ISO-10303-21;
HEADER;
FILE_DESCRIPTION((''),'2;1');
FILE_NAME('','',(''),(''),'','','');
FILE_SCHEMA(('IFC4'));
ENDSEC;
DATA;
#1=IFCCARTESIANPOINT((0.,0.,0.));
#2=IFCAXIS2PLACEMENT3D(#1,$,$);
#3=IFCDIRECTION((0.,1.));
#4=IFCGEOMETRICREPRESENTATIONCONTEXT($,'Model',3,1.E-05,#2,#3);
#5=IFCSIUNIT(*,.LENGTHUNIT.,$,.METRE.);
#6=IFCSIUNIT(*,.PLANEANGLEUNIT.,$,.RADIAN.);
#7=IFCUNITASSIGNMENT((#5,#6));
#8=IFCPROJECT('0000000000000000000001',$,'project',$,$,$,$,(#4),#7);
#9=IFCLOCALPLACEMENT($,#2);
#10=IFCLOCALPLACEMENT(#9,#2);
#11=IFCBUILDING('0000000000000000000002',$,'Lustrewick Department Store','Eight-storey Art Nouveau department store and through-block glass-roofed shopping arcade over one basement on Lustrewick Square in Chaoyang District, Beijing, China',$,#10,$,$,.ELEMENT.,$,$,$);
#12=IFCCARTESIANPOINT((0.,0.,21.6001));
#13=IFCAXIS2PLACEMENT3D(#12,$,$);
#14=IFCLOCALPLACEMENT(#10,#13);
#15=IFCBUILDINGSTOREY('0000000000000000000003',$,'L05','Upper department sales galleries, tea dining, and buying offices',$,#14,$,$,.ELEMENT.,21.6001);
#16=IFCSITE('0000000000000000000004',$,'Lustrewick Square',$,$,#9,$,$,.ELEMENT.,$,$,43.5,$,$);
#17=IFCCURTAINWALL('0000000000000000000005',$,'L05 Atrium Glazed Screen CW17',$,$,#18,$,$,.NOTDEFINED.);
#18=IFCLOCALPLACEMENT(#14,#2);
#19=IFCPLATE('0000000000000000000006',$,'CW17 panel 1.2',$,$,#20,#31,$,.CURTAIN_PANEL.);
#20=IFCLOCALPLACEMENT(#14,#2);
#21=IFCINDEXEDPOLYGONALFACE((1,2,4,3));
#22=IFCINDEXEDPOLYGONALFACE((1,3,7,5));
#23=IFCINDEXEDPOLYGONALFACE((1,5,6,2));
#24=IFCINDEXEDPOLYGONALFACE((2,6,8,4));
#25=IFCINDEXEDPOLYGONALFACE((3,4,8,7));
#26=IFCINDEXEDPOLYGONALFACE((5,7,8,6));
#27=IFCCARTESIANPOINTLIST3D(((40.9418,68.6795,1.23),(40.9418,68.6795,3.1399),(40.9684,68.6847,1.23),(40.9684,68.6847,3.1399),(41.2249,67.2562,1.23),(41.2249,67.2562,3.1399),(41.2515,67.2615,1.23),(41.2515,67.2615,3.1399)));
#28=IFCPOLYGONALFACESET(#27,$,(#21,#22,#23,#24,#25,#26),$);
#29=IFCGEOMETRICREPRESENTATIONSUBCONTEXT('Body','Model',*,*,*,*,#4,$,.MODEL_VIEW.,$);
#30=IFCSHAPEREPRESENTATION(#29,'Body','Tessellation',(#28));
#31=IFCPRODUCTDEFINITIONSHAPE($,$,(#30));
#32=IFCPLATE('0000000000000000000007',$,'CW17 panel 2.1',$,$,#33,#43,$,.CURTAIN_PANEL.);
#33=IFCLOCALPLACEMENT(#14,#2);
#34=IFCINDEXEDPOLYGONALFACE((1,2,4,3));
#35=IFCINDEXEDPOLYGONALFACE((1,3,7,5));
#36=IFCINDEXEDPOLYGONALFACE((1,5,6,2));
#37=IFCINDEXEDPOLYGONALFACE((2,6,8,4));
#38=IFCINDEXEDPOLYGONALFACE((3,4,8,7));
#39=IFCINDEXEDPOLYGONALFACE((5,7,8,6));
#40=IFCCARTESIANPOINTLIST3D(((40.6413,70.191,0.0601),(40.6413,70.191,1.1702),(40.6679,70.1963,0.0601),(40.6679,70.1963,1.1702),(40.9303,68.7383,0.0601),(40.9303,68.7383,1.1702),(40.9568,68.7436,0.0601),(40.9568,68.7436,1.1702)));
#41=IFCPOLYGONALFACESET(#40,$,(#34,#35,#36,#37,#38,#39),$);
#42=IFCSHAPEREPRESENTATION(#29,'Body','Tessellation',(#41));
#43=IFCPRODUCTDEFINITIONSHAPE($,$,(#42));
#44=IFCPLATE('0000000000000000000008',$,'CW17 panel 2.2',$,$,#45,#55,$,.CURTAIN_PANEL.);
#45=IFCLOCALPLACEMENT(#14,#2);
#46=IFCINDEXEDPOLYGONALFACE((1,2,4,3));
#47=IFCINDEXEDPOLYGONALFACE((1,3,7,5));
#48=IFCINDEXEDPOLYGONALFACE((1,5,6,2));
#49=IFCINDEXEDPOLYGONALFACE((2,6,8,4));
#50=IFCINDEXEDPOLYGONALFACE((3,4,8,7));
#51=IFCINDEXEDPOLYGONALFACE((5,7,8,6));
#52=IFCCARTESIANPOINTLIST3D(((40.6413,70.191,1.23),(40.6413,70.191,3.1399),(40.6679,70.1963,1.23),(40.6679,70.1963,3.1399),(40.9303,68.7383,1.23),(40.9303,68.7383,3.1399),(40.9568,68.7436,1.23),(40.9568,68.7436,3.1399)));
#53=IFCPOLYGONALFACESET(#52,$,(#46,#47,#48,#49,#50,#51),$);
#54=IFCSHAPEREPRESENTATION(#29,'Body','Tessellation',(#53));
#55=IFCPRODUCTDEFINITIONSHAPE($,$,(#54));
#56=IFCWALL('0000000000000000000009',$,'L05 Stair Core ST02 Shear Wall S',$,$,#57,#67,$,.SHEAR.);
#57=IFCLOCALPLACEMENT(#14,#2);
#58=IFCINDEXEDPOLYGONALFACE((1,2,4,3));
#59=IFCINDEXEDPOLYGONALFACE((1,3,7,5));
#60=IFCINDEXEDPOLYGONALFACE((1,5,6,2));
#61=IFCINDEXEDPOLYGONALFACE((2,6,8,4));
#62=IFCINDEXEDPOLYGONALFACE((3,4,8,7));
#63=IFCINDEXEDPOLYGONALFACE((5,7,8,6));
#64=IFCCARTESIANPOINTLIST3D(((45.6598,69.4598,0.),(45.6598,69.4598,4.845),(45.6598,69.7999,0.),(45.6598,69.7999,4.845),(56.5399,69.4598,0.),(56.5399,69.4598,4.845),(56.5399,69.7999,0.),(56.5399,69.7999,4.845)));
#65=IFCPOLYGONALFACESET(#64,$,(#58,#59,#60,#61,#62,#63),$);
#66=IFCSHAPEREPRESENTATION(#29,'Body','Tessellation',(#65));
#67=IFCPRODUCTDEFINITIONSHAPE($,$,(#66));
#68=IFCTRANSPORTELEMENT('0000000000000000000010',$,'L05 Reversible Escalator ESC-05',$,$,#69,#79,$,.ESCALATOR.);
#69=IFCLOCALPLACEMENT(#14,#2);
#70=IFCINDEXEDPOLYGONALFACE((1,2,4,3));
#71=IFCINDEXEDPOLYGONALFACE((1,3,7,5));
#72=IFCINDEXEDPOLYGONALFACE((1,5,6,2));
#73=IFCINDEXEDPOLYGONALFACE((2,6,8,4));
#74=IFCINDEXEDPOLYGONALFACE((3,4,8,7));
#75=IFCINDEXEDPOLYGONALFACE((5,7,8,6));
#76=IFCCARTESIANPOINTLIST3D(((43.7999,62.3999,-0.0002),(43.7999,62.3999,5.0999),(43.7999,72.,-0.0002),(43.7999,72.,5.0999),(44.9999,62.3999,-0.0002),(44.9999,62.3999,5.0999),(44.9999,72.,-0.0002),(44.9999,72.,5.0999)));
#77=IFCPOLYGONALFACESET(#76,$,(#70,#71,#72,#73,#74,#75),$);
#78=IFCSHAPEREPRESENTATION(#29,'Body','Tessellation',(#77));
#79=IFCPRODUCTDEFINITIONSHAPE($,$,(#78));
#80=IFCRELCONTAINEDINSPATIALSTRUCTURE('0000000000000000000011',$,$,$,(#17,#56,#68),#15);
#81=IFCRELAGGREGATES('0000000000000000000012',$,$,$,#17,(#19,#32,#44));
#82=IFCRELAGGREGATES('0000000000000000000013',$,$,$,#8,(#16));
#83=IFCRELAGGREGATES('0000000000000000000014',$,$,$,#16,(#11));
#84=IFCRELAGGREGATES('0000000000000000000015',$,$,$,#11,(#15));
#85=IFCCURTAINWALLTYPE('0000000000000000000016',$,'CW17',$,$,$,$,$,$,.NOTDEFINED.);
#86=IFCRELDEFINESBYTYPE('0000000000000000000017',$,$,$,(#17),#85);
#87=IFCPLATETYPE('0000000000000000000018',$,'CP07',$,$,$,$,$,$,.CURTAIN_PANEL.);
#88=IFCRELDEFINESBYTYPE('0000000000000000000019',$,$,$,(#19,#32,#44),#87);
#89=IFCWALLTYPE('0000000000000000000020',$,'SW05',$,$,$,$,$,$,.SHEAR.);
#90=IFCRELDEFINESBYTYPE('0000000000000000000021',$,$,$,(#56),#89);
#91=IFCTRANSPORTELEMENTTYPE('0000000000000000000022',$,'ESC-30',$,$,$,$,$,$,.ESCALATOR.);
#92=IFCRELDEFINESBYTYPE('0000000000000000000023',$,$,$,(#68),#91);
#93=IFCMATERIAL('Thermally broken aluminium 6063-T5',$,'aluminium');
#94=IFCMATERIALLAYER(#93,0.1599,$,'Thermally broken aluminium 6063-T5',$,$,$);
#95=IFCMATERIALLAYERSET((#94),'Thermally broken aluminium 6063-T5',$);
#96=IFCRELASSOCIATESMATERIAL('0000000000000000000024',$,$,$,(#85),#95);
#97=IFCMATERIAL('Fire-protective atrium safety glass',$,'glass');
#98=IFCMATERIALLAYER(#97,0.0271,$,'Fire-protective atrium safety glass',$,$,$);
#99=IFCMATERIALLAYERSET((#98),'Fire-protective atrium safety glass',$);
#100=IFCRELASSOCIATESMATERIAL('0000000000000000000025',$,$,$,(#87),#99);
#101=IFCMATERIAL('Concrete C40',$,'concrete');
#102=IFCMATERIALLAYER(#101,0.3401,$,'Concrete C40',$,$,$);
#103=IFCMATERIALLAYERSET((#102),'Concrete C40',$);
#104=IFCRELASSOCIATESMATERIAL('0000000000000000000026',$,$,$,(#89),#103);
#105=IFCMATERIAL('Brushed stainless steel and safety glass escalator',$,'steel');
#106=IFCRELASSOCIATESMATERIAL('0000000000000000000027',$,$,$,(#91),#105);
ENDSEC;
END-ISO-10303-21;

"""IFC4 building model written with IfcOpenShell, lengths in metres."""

from ifc_helpers import new_model, si_unit, direction, frame, frame_2d, origin, origin_2d, place, context, subcontext, project, spatial, rectangle, extrude, material, layer, layer_set, type_object, element, aggregate, save


model = new_model("IFC4")

# Units and contexts
model_context = context("Model", 3, precision=1e-05, world=origin(), true_north=direction((0.0, 1.0)))
body_context = subcontext(model_context, "Body", "Model", "MODEL_VIEW")
ifc_project = project(units=[si_unit("LENGTHUNIT", "METRE"), si_unit("PLANEANGLEUNIT", "RADIAN")], contexts=[model_context])

# Site, building, storey
site_placement = place(None, origin())
site = spatial("IfcSite", under=ifc_project, at=site_placement, Name="Lustrewick Square", CompositionType="ELEMENT", RefElevation=43.5)
building_placement = place(site_placement, origin())
building = spatial("IfcBuilding", under=site, at=building_placement, Name="Lustrewick Department Store", Description="Eight-storey Art Nouveau department store and through-block glass-roofed shopping arcade over one basement on Lustrewick Square in Chaoyang District, Beijing, China", CompositionType="ELEMENT")
storey_placement = place(building_placement, frame((0.0, 0.0, 21.6001)))
storey = spatial("IfcBuildingStorey", under=building, at=storey_placement, Name="L05", Description="Upper department sales galleries, tea dining, and buying offices", CompositionType="ELEMENT", Elevation=21.6001)

# Curtain wall
ifc_material_1 = material(Name="Thermally broken aluminium 6063-T5", Category="aluminium")
ifc_layer_1 = layer(ifc_material_1, 0.1599, Name="Thermally broken aluminium 6063-T5")
ifc_layer_set_1 = layer_set([ifc_layer_1], Name="Thermally broken aluminium 6063-T5")
curtain_wall_type = type_object("IfcCurtainWallType", Name="CW17", PredefinedType="NOTDEFINED", material=ifc_layer_set_1)
curtain_wall_placement = place(storey_placement, origin())
curtain_wall = element("IfcCurtainWall", 1, at=curtain_wall_placement, inside=storey, type_object=curtain_wall_type, Name="L05 Atrium Glazed Screen CW17", PredefinedType="NOTDEFINED")

# Plates
ifc_material_2 = material(Name="Fire-protective atrium safety glass", Category="glass")
ifc_layer_2 = layer(ifc_material_2, 0.0271, Name="Fire-protective atrium safety glass")
ifc_layer_set_2 = layer_set([ifc_layer_2], Name="Fire-protective atrium safety glass")
plate_type = type_object("IfcPlateType", Name="CP07", PredefinedType="CURTAIN_PANEL", material=ifc_layer_set_2)
plate_1_placement = place(storey_placement, frame((41.0967, 67.9705, 1.23), z_axis=(0.0, 0.0, 1.0), x_axis=(-0.195085, 0.980786, 0.0)))
plate_1 = element("IfcPlate", 2, at=plate_1_placement, type_object=plate_type, Name="CW17 panel 1.2", PredefinedType="CURTAIN_PANEL", context=body_context, shape_type="SweptSolid", body=[
    extrude(rectangle(XDim=1.4512, YDim=0.0271, at=origin_2d()), origin(), (0.0, 0.0, 1.0), 1.9099),
])
plate_2_placement = place(storey_placement, frame((40.7991, 69.4673, 0.0601), z_axis=(0.0, 0.0, 1.0), x_axis=(-0.195085, 0.980786, 0.0)))
plate_2 = element("IfcPlate", 3, at=plate_2_placement, type_object=plate_type, Name="CW17 panel 2.1", PredefinedType="CURTAIN_PANEL", context=body_context, shape_type="SweptSolid", body=[
    extrude(rectangle(XDim=1.4812, YDim=0.0271, at=origin_2d()), origin(), (0.0, 0.0, 1.0), 1.1101),
])
plate_3_placement = place(storey_placement, frame((40.7991, 69.4673, 1.23), z_axis=(0.0, 0.0, 1.0), x_axis=(-0.195085, 0.980786, 0.0)))
plate_3 = element("IfcPlate", 4, at=plate_3_placement, type_object=plate_type, Name="CW17 panel 2.2", PredefinedType="CURTAIN_PANEL", context=body_context, shape_type="SweptSolid", body=[
    extrude(rectangle(XDim=1.4812, YDim=0.0271, at=origin_2d()), origin(), (0.0, 0.0, 1.0), 1.9099),
])
aggregate(curtain_wall, [plate_1, plate_2, plate_3])

# Wall
ifc_material_3 = material(Name="Concrete C40", Category="concrete")
ifc_layer_3 = layer(ifc_material_3, 0.3401, Name="Concrete C40")
ifc_layer_set_3 = layer_set([ifc_layer_3], Name="Concrete C40")
wall_type = type_object("IfcWallType", Name="SW05", PredefinedType="SHEAR", material=ifc_layer_set_3)
wall_placement = place(storey_placement, frame((45.6599, 69.6299, 0.0), z_axis=(0.0, 0.0, 1.0), x_axis=(1.0, 0.0, 0.0)))
element("IfcWall", 5, at=wall_placement, inside=storey, type_object=wall_type, Name="L05 Stair Core ST02 Shear Wall S", PredefinedType="SHEAR", context=body_context, shape_type="SweptSolid", body=[
    extrude(rectangle(XDim=10.8801, YDim=0.3401, at=frame_2d((5.4399, 0.0))), origin(), (0.0, 0.0, 1.0), 4.845),
])

# Transport element
ifc_material_4 = material(Name="Brushed stainless steel and safety glass escalator", Category="steel")
transport_element_type = type_object("IfcTransportElementType", Name="ESC-30", PredefinedType="ESCALATOR", material=ifc_material_4)
transport_element_placement = place(storey_placement, frame((44.3999, 67.2, -0.0002), z_axis=(0.0, 0.0, 1.0), x_axis=(1.0, 0.0, 0.0)))
element("IfcTransportElement", 6, at=transport_element_placement, inside=storey, type_object=transport_element_type, Name="L05 Reversible Escalator ESC-05", PredefinedType="ESCALATOR", context=body_context, shape_type="SweptSolid", body=[
    extrude(rectangle(XDim=1.2, YDim=9.6001, at=origin_2d()), origin(), (0.0, 0.0, 1.0), 5.1001),
])

save(model, "model.ifc")
